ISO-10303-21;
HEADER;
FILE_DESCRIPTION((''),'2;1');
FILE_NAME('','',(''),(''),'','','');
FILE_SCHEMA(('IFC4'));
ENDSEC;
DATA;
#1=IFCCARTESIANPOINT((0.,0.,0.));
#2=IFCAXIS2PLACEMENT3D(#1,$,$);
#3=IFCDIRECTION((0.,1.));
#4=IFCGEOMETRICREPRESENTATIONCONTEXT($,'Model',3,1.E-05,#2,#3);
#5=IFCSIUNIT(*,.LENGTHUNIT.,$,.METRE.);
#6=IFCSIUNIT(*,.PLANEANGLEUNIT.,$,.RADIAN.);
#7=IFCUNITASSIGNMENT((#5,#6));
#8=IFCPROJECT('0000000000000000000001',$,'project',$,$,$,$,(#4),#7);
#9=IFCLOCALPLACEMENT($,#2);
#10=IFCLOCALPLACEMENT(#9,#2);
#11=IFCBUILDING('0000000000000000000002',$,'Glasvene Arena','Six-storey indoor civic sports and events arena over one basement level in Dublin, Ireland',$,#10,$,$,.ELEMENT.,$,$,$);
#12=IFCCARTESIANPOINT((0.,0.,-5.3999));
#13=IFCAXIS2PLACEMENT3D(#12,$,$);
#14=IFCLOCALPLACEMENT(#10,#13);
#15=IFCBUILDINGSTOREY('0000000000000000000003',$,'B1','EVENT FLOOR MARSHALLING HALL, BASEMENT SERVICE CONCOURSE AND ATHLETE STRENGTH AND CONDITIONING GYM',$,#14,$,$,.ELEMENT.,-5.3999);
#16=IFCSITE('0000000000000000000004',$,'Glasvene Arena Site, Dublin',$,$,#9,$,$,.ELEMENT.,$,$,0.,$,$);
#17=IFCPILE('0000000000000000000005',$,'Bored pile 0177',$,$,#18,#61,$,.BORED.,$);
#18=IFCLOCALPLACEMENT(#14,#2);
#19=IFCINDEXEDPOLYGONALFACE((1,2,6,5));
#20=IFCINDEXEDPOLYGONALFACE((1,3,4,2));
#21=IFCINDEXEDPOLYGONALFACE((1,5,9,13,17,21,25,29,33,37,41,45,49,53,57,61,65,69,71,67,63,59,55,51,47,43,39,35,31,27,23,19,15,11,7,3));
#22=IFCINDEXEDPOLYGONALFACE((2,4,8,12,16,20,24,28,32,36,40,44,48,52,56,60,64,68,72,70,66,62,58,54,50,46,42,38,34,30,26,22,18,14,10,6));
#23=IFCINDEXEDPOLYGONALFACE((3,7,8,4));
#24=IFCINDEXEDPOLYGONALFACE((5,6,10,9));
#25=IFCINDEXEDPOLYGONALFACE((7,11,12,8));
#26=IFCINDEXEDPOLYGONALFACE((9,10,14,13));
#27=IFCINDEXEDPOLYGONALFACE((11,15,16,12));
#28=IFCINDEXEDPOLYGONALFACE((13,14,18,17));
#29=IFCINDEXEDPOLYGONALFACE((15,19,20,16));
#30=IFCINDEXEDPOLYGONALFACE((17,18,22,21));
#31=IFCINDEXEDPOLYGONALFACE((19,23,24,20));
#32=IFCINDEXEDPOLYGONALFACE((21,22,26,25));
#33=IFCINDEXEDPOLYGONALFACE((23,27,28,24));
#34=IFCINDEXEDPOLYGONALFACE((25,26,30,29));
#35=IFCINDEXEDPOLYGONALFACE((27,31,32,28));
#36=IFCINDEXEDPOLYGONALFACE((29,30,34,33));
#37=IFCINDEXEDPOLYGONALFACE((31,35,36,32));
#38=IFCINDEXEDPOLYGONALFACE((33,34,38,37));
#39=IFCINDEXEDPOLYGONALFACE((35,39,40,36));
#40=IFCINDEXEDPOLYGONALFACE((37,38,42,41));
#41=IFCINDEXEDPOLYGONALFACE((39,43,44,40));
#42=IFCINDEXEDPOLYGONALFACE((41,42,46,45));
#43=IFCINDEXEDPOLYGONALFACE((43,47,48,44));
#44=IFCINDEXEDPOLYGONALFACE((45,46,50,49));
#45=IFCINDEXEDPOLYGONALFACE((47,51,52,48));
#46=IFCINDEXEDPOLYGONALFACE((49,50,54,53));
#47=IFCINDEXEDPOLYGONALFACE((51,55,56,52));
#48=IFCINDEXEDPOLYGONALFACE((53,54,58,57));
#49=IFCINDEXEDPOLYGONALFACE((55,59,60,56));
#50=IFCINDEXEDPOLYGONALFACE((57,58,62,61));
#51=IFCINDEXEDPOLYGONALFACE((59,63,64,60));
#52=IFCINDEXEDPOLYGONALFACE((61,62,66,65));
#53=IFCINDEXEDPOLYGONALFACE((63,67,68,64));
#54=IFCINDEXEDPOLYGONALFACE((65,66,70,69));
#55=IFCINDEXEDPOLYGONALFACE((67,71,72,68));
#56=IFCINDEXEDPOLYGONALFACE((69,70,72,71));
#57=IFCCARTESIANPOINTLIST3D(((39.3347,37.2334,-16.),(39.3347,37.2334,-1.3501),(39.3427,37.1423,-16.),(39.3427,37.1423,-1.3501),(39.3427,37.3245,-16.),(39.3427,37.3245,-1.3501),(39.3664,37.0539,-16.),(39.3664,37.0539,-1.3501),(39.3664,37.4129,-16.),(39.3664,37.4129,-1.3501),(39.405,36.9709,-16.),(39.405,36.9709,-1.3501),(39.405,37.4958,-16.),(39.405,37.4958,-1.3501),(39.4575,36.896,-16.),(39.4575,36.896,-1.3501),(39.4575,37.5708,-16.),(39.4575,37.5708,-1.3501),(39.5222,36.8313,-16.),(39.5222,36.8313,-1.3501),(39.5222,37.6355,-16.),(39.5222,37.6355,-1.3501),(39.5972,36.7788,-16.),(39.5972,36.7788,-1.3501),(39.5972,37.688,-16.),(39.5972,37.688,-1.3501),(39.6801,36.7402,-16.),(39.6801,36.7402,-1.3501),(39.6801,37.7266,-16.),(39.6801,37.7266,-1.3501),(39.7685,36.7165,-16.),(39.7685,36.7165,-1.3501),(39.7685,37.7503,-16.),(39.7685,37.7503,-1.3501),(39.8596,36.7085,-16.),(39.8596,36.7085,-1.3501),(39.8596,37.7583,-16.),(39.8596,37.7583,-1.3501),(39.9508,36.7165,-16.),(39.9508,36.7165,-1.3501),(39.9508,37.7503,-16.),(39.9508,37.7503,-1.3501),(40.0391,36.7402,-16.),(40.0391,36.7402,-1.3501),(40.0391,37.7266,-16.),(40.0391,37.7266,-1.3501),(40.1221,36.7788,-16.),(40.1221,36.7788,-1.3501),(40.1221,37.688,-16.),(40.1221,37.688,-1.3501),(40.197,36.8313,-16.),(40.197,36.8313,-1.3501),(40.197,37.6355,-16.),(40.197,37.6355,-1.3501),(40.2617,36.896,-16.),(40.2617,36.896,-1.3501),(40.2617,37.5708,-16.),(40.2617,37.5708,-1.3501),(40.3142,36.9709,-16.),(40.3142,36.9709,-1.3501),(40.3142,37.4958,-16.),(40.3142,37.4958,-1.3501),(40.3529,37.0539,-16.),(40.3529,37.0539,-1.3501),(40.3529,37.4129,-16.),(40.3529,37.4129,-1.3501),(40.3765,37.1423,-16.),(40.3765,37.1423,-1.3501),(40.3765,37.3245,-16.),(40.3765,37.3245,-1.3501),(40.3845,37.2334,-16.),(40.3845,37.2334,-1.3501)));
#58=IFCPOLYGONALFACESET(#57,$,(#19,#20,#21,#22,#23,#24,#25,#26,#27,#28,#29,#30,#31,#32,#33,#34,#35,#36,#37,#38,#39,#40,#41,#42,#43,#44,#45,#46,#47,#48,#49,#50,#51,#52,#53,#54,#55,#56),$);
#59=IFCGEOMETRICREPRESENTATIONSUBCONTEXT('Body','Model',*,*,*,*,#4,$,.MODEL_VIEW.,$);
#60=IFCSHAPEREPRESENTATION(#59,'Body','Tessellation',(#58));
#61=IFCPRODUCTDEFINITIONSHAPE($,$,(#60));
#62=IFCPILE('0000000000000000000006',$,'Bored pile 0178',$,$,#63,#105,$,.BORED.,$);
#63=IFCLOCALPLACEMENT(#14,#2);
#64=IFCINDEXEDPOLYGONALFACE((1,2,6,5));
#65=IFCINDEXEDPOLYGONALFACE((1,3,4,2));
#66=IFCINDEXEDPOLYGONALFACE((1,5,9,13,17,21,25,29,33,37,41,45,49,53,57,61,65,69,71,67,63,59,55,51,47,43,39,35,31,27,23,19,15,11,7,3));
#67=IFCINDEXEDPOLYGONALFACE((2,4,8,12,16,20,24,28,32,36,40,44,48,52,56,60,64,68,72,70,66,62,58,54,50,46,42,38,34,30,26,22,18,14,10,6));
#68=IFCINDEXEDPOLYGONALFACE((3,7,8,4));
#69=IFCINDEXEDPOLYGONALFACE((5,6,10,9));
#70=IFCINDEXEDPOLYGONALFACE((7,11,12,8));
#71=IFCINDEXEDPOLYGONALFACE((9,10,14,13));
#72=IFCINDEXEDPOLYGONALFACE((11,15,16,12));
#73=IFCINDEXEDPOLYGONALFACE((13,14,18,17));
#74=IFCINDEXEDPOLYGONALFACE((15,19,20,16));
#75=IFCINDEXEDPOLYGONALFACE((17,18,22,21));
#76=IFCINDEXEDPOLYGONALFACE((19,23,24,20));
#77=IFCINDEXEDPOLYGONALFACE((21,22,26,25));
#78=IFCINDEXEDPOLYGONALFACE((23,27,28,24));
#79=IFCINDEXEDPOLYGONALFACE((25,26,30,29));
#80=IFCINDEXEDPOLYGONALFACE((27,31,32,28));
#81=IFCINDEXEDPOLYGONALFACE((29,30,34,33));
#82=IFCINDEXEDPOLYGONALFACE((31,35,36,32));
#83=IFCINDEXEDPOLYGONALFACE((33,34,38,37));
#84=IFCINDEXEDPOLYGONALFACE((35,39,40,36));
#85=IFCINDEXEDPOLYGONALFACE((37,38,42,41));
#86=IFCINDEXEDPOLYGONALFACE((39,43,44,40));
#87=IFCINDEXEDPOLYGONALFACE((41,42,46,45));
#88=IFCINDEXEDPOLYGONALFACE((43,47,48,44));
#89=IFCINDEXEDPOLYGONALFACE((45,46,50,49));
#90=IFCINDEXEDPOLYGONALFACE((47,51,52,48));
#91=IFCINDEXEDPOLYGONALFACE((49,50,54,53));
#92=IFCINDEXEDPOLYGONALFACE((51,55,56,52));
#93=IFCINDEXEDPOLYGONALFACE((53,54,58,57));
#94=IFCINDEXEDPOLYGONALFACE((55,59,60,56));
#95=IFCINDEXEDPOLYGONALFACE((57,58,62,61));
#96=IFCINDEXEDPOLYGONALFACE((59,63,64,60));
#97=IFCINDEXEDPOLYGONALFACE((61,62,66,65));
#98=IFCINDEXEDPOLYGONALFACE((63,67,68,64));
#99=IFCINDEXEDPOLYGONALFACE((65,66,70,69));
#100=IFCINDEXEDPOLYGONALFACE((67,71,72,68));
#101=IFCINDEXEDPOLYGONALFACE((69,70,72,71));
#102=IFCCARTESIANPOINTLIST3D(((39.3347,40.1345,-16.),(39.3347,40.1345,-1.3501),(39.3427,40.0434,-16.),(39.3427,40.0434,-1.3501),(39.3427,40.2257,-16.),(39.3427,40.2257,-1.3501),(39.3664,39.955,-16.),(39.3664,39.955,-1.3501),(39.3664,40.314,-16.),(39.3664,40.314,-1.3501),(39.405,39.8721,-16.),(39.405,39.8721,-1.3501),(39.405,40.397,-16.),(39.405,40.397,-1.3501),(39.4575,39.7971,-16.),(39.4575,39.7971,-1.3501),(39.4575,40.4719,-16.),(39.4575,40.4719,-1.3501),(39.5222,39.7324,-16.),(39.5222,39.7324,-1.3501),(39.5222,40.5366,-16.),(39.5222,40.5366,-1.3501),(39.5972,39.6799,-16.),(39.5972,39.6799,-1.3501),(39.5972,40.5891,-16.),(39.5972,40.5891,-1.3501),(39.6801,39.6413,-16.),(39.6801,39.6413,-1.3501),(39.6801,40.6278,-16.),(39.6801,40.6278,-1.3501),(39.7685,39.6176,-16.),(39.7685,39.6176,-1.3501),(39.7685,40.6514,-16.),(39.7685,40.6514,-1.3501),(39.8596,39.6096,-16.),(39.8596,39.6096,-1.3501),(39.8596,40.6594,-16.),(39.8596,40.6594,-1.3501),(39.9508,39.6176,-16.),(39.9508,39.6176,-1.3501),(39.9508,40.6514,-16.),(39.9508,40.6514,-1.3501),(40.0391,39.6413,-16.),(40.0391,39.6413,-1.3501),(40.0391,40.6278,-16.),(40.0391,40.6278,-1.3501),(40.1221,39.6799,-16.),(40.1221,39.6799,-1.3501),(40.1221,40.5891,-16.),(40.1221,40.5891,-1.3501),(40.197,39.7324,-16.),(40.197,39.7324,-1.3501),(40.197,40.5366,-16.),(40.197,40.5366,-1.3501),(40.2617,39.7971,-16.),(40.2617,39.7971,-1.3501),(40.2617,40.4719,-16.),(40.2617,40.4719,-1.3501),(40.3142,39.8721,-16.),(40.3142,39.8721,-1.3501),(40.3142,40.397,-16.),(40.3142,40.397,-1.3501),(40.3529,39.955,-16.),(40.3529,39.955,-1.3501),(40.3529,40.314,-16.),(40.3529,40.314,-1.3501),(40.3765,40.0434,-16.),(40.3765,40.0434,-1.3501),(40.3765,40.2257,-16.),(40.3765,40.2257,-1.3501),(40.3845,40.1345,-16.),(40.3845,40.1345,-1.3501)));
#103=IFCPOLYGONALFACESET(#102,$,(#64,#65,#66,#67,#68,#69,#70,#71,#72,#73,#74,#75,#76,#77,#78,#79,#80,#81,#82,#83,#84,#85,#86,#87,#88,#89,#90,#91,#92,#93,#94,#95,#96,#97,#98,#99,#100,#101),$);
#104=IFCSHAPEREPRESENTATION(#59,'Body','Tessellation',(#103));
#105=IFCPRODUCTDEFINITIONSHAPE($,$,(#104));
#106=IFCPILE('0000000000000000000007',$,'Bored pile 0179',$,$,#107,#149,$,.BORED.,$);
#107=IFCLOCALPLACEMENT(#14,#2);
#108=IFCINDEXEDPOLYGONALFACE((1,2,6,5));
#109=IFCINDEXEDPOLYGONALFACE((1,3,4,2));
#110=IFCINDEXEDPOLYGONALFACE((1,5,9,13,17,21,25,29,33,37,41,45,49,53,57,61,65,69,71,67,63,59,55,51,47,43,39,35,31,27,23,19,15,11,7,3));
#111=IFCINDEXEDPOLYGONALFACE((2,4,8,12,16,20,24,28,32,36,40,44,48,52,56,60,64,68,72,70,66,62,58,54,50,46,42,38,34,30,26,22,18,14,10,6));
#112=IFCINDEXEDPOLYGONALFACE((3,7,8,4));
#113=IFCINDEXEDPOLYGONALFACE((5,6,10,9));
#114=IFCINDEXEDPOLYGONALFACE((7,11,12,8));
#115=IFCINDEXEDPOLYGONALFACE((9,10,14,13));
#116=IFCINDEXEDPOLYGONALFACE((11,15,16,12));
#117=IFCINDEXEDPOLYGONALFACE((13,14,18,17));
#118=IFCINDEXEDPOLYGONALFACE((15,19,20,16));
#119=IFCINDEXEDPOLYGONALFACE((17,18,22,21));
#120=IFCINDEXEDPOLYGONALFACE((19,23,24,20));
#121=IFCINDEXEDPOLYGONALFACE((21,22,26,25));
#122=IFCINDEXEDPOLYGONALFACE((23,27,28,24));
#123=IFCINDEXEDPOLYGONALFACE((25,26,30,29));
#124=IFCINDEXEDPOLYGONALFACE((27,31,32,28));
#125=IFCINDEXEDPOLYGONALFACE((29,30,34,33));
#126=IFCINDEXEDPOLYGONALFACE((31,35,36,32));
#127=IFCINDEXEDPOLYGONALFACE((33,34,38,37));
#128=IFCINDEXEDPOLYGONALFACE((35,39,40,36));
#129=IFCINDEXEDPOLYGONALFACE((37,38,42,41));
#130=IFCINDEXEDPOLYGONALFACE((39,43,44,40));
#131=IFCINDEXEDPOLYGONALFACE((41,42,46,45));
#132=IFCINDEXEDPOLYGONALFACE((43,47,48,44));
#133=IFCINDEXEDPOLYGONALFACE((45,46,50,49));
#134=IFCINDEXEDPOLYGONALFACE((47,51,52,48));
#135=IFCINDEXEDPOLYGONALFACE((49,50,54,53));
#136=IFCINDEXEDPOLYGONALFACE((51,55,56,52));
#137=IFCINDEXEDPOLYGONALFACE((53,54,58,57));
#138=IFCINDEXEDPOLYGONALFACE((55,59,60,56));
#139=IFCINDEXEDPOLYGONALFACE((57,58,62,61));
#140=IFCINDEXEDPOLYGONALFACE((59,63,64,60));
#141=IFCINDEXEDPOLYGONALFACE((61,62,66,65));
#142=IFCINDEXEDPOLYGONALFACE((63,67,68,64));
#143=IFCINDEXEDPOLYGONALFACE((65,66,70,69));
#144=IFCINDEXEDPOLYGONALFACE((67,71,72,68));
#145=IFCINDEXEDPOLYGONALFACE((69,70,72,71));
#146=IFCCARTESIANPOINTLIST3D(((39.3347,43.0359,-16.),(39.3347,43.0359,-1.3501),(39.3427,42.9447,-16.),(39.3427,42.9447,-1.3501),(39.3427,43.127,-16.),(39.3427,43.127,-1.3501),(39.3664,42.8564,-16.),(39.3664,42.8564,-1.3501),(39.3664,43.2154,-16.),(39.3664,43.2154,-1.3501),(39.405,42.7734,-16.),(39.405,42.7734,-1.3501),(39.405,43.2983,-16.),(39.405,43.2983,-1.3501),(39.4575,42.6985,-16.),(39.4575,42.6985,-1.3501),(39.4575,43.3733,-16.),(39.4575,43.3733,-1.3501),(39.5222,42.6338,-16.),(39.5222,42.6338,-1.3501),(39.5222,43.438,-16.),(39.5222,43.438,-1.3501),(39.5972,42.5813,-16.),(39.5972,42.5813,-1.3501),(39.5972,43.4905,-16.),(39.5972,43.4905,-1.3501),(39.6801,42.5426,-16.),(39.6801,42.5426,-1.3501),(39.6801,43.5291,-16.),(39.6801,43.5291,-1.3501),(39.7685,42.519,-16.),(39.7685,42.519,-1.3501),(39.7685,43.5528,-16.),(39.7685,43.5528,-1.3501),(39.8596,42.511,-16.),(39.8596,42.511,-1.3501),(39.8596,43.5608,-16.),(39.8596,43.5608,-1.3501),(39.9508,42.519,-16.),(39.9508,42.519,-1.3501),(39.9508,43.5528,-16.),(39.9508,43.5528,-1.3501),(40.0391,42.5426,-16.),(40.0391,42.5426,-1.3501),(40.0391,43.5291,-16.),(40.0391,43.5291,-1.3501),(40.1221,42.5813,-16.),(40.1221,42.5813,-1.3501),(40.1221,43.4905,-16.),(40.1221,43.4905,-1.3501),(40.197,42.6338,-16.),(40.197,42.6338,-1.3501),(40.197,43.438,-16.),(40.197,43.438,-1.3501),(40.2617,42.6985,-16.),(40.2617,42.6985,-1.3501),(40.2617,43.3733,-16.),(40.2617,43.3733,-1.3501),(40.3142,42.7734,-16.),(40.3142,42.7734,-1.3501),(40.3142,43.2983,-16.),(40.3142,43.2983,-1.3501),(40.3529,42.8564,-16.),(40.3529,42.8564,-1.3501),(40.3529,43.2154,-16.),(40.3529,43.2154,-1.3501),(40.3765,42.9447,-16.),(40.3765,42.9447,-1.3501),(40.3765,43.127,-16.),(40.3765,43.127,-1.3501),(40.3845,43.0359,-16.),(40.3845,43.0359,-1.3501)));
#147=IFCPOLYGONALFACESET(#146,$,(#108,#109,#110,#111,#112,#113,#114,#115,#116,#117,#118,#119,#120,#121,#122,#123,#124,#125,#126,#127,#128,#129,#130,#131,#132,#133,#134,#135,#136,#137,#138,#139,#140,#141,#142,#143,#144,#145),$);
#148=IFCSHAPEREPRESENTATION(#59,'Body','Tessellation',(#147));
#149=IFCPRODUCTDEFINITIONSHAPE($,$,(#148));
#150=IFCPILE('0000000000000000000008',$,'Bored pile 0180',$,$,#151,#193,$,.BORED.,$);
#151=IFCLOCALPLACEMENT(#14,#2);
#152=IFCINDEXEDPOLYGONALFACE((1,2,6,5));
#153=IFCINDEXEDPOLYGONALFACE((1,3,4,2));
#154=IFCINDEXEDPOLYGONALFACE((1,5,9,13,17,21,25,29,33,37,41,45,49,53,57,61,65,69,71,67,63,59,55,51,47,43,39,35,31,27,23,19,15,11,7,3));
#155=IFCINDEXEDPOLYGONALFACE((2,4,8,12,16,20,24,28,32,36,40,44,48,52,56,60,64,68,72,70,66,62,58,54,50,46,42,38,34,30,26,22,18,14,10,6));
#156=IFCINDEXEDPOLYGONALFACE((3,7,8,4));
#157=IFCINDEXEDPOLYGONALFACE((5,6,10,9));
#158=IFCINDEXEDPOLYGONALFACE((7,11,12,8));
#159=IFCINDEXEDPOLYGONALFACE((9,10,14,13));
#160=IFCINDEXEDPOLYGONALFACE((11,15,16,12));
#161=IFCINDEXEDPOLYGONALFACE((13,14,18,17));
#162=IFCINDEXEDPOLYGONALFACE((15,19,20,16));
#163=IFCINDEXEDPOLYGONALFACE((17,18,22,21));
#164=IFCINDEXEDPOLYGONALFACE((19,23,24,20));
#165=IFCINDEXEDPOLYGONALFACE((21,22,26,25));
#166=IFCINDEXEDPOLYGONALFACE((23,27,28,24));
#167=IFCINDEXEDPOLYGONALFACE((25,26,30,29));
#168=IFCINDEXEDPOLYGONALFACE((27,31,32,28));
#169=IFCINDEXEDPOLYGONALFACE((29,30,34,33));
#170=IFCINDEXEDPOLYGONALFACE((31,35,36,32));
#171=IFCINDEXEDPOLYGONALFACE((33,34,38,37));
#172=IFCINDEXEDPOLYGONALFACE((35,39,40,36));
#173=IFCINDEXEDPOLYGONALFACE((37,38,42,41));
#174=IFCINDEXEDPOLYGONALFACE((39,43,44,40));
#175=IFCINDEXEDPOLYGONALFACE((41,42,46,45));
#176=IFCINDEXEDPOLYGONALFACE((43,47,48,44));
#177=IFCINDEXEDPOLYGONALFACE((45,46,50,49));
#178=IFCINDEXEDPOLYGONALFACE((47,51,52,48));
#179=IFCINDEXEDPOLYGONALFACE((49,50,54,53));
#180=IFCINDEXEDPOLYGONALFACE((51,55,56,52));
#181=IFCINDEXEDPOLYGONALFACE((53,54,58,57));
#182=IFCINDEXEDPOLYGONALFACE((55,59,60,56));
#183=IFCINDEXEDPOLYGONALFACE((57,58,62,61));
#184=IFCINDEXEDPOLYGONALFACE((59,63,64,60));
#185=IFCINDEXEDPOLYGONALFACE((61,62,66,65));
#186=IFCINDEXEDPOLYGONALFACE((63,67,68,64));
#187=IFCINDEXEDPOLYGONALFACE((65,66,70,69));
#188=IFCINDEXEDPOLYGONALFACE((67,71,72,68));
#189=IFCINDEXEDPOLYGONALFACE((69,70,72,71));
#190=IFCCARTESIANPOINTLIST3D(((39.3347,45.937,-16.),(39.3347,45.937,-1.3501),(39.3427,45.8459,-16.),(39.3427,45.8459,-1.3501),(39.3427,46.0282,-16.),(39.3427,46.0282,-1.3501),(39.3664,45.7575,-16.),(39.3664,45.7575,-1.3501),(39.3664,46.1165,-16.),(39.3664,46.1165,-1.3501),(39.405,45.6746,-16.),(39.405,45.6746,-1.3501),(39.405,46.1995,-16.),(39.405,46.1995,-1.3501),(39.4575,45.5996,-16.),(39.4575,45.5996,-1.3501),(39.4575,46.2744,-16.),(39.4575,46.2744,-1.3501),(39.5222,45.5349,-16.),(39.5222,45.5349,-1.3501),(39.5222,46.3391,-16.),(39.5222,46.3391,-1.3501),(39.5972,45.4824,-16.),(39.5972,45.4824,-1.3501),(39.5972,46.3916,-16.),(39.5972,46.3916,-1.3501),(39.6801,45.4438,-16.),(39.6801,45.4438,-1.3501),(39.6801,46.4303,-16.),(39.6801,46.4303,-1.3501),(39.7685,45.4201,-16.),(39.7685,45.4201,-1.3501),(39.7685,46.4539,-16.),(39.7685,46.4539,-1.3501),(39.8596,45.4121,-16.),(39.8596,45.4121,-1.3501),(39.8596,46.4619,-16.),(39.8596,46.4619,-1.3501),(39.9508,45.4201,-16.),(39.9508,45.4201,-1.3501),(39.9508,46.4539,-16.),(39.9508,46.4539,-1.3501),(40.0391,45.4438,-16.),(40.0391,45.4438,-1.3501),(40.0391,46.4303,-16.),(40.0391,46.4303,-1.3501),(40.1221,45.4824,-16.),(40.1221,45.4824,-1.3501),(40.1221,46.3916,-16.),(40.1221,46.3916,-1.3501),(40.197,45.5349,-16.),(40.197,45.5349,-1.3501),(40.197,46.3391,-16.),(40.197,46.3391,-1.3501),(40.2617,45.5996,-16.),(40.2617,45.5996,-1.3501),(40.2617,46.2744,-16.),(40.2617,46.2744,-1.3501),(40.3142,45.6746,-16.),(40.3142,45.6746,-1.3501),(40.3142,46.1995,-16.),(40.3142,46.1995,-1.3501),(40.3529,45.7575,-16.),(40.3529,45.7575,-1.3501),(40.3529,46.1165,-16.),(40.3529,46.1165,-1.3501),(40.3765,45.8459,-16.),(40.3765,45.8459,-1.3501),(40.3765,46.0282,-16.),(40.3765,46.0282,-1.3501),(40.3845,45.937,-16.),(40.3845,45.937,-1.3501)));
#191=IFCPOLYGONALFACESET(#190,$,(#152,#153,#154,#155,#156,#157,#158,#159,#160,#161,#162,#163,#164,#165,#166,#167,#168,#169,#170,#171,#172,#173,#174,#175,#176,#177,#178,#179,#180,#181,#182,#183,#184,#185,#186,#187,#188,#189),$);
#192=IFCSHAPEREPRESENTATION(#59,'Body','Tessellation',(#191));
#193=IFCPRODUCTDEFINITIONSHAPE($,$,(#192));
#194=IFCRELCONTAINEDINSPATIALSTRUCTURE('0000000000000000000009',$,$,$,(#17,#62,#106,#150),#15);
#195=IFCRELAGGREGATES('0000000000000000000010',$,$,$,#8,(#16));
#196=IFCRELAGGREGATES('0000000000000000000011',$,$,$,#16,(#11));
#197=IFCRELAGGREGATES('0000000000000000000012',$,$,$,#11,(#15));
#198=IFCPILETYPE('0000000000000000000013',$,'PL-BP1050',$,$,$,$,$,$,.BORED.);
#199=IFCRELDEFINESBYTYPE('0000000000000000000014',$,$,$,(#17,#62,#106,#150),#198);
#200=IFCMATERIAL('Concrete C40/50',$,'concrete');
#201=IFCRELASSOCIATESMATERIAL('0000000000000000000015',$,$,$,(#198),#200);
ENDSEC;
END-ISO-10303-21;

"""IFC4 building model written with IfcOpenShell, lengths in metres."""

from ifc_helpers import new_model, si_unit, direction, frame, origin, origin_2d, place, context, subcontext, project, spatial, circle, extrude, material, material_profile, profile_set, type_object, element, save


model = new_model("IFC4")

# Units and contexts
model_context = context("Model", 3, precision=1e-05, world=origin(), true_north=direction((0.0, 1.0)))
body_context = subcontext(model_context, "Body", "Model", "MODEL_VIEW")
ifc_project = project(units=[si_unit("LENGTHUNIT", "METRE"), si_unit("PLANEANGLEUNIT", "RADIAN")], contexts=[model_context])

# Site, building, storey
site_placement = place(None, origin())
site = spatial("IfcSite", under=ifc_project, at=site_placement, Name="Glasvene Arena Site, Dublin", CompositionType="ELEMENT", RefElevation=0.0)
building_placement = place(site_placement, origin())
building = spatial("IfcBuilding", under=site, at=building_placement, Name="Glasvene Arena", Description="Six-storey indoor civic sports and events arena over one basement level in Dublin, Ireland", CompositionType="ELEMENT")
storey_placement = place(building_placement, frame((0.0, 0.0, -5.3999)))
storey = spatial("IfcBuildingStorey", under=building, at=storey_placement, Name="B1", Description="EVENT FLOOR MARSHALLING HALL, BASEMENT SERVICE CONCOURSE AND ATHLETE STRENGTH AND CONDITIONING GYM", CompositionType="ELEMENT", Elevation=-5.3999)

# Piles
ifc_material_1 = material(Name="Concrete C40/50", Category="concrete")
ifc_material_profile_1 = material_profile(ifc_material_1, circle(Radius=0.5249, at=origin_2d()), Name="BORED PILE 1050")
ifc_profile_set_1 = profile_set([ifc_material_profile_1], Name="Concrete C40/50")
pile_type = type_object("IfcPileType", Name="PL-BP1050", PredefinedType="BORED", material=ifc_profile_set_1)
for number, where, z_axis, x_axis, name in (
    (1, (39.8596, 37.2334, -1.3501), (0.0, 0.0, -1.0), (1.0, 0.0, 0.0), "Bored pile 0177"),
    (2, (39.8596, 40.1345, -1.3501), (0.0, 0.0, -1.0), (1.0, 0.0, 0.0), "Bored pile 0178"),
    (3, (39.8596, 43.0359, -1.3501), (0.0, 0.0, -1.0), (1.0, 0.0, 0.0), "Bored pile 0179"),
    (4, (39.8596, 45.937, -1.3501), (0.0, 0.0, -1.0), (1.0, 0.0, 0.0), "Bored pile 0180"),
):
    element("IfcPile", number, at=place(storey_placement, frame(where, z_axis=z_axis, x_axis=x_axis)), inside=storey, type_object=pile_type, Name=name, PredefinedType="BORED", context=body_context, shape_type="SweptSolid", body=[
        extrude(circle(Radius=0.5249, at=origin_2d()), origin(), (0.0, 0.0, 1.0), 14.6499),
    ])

save(model, "model.ifc")
